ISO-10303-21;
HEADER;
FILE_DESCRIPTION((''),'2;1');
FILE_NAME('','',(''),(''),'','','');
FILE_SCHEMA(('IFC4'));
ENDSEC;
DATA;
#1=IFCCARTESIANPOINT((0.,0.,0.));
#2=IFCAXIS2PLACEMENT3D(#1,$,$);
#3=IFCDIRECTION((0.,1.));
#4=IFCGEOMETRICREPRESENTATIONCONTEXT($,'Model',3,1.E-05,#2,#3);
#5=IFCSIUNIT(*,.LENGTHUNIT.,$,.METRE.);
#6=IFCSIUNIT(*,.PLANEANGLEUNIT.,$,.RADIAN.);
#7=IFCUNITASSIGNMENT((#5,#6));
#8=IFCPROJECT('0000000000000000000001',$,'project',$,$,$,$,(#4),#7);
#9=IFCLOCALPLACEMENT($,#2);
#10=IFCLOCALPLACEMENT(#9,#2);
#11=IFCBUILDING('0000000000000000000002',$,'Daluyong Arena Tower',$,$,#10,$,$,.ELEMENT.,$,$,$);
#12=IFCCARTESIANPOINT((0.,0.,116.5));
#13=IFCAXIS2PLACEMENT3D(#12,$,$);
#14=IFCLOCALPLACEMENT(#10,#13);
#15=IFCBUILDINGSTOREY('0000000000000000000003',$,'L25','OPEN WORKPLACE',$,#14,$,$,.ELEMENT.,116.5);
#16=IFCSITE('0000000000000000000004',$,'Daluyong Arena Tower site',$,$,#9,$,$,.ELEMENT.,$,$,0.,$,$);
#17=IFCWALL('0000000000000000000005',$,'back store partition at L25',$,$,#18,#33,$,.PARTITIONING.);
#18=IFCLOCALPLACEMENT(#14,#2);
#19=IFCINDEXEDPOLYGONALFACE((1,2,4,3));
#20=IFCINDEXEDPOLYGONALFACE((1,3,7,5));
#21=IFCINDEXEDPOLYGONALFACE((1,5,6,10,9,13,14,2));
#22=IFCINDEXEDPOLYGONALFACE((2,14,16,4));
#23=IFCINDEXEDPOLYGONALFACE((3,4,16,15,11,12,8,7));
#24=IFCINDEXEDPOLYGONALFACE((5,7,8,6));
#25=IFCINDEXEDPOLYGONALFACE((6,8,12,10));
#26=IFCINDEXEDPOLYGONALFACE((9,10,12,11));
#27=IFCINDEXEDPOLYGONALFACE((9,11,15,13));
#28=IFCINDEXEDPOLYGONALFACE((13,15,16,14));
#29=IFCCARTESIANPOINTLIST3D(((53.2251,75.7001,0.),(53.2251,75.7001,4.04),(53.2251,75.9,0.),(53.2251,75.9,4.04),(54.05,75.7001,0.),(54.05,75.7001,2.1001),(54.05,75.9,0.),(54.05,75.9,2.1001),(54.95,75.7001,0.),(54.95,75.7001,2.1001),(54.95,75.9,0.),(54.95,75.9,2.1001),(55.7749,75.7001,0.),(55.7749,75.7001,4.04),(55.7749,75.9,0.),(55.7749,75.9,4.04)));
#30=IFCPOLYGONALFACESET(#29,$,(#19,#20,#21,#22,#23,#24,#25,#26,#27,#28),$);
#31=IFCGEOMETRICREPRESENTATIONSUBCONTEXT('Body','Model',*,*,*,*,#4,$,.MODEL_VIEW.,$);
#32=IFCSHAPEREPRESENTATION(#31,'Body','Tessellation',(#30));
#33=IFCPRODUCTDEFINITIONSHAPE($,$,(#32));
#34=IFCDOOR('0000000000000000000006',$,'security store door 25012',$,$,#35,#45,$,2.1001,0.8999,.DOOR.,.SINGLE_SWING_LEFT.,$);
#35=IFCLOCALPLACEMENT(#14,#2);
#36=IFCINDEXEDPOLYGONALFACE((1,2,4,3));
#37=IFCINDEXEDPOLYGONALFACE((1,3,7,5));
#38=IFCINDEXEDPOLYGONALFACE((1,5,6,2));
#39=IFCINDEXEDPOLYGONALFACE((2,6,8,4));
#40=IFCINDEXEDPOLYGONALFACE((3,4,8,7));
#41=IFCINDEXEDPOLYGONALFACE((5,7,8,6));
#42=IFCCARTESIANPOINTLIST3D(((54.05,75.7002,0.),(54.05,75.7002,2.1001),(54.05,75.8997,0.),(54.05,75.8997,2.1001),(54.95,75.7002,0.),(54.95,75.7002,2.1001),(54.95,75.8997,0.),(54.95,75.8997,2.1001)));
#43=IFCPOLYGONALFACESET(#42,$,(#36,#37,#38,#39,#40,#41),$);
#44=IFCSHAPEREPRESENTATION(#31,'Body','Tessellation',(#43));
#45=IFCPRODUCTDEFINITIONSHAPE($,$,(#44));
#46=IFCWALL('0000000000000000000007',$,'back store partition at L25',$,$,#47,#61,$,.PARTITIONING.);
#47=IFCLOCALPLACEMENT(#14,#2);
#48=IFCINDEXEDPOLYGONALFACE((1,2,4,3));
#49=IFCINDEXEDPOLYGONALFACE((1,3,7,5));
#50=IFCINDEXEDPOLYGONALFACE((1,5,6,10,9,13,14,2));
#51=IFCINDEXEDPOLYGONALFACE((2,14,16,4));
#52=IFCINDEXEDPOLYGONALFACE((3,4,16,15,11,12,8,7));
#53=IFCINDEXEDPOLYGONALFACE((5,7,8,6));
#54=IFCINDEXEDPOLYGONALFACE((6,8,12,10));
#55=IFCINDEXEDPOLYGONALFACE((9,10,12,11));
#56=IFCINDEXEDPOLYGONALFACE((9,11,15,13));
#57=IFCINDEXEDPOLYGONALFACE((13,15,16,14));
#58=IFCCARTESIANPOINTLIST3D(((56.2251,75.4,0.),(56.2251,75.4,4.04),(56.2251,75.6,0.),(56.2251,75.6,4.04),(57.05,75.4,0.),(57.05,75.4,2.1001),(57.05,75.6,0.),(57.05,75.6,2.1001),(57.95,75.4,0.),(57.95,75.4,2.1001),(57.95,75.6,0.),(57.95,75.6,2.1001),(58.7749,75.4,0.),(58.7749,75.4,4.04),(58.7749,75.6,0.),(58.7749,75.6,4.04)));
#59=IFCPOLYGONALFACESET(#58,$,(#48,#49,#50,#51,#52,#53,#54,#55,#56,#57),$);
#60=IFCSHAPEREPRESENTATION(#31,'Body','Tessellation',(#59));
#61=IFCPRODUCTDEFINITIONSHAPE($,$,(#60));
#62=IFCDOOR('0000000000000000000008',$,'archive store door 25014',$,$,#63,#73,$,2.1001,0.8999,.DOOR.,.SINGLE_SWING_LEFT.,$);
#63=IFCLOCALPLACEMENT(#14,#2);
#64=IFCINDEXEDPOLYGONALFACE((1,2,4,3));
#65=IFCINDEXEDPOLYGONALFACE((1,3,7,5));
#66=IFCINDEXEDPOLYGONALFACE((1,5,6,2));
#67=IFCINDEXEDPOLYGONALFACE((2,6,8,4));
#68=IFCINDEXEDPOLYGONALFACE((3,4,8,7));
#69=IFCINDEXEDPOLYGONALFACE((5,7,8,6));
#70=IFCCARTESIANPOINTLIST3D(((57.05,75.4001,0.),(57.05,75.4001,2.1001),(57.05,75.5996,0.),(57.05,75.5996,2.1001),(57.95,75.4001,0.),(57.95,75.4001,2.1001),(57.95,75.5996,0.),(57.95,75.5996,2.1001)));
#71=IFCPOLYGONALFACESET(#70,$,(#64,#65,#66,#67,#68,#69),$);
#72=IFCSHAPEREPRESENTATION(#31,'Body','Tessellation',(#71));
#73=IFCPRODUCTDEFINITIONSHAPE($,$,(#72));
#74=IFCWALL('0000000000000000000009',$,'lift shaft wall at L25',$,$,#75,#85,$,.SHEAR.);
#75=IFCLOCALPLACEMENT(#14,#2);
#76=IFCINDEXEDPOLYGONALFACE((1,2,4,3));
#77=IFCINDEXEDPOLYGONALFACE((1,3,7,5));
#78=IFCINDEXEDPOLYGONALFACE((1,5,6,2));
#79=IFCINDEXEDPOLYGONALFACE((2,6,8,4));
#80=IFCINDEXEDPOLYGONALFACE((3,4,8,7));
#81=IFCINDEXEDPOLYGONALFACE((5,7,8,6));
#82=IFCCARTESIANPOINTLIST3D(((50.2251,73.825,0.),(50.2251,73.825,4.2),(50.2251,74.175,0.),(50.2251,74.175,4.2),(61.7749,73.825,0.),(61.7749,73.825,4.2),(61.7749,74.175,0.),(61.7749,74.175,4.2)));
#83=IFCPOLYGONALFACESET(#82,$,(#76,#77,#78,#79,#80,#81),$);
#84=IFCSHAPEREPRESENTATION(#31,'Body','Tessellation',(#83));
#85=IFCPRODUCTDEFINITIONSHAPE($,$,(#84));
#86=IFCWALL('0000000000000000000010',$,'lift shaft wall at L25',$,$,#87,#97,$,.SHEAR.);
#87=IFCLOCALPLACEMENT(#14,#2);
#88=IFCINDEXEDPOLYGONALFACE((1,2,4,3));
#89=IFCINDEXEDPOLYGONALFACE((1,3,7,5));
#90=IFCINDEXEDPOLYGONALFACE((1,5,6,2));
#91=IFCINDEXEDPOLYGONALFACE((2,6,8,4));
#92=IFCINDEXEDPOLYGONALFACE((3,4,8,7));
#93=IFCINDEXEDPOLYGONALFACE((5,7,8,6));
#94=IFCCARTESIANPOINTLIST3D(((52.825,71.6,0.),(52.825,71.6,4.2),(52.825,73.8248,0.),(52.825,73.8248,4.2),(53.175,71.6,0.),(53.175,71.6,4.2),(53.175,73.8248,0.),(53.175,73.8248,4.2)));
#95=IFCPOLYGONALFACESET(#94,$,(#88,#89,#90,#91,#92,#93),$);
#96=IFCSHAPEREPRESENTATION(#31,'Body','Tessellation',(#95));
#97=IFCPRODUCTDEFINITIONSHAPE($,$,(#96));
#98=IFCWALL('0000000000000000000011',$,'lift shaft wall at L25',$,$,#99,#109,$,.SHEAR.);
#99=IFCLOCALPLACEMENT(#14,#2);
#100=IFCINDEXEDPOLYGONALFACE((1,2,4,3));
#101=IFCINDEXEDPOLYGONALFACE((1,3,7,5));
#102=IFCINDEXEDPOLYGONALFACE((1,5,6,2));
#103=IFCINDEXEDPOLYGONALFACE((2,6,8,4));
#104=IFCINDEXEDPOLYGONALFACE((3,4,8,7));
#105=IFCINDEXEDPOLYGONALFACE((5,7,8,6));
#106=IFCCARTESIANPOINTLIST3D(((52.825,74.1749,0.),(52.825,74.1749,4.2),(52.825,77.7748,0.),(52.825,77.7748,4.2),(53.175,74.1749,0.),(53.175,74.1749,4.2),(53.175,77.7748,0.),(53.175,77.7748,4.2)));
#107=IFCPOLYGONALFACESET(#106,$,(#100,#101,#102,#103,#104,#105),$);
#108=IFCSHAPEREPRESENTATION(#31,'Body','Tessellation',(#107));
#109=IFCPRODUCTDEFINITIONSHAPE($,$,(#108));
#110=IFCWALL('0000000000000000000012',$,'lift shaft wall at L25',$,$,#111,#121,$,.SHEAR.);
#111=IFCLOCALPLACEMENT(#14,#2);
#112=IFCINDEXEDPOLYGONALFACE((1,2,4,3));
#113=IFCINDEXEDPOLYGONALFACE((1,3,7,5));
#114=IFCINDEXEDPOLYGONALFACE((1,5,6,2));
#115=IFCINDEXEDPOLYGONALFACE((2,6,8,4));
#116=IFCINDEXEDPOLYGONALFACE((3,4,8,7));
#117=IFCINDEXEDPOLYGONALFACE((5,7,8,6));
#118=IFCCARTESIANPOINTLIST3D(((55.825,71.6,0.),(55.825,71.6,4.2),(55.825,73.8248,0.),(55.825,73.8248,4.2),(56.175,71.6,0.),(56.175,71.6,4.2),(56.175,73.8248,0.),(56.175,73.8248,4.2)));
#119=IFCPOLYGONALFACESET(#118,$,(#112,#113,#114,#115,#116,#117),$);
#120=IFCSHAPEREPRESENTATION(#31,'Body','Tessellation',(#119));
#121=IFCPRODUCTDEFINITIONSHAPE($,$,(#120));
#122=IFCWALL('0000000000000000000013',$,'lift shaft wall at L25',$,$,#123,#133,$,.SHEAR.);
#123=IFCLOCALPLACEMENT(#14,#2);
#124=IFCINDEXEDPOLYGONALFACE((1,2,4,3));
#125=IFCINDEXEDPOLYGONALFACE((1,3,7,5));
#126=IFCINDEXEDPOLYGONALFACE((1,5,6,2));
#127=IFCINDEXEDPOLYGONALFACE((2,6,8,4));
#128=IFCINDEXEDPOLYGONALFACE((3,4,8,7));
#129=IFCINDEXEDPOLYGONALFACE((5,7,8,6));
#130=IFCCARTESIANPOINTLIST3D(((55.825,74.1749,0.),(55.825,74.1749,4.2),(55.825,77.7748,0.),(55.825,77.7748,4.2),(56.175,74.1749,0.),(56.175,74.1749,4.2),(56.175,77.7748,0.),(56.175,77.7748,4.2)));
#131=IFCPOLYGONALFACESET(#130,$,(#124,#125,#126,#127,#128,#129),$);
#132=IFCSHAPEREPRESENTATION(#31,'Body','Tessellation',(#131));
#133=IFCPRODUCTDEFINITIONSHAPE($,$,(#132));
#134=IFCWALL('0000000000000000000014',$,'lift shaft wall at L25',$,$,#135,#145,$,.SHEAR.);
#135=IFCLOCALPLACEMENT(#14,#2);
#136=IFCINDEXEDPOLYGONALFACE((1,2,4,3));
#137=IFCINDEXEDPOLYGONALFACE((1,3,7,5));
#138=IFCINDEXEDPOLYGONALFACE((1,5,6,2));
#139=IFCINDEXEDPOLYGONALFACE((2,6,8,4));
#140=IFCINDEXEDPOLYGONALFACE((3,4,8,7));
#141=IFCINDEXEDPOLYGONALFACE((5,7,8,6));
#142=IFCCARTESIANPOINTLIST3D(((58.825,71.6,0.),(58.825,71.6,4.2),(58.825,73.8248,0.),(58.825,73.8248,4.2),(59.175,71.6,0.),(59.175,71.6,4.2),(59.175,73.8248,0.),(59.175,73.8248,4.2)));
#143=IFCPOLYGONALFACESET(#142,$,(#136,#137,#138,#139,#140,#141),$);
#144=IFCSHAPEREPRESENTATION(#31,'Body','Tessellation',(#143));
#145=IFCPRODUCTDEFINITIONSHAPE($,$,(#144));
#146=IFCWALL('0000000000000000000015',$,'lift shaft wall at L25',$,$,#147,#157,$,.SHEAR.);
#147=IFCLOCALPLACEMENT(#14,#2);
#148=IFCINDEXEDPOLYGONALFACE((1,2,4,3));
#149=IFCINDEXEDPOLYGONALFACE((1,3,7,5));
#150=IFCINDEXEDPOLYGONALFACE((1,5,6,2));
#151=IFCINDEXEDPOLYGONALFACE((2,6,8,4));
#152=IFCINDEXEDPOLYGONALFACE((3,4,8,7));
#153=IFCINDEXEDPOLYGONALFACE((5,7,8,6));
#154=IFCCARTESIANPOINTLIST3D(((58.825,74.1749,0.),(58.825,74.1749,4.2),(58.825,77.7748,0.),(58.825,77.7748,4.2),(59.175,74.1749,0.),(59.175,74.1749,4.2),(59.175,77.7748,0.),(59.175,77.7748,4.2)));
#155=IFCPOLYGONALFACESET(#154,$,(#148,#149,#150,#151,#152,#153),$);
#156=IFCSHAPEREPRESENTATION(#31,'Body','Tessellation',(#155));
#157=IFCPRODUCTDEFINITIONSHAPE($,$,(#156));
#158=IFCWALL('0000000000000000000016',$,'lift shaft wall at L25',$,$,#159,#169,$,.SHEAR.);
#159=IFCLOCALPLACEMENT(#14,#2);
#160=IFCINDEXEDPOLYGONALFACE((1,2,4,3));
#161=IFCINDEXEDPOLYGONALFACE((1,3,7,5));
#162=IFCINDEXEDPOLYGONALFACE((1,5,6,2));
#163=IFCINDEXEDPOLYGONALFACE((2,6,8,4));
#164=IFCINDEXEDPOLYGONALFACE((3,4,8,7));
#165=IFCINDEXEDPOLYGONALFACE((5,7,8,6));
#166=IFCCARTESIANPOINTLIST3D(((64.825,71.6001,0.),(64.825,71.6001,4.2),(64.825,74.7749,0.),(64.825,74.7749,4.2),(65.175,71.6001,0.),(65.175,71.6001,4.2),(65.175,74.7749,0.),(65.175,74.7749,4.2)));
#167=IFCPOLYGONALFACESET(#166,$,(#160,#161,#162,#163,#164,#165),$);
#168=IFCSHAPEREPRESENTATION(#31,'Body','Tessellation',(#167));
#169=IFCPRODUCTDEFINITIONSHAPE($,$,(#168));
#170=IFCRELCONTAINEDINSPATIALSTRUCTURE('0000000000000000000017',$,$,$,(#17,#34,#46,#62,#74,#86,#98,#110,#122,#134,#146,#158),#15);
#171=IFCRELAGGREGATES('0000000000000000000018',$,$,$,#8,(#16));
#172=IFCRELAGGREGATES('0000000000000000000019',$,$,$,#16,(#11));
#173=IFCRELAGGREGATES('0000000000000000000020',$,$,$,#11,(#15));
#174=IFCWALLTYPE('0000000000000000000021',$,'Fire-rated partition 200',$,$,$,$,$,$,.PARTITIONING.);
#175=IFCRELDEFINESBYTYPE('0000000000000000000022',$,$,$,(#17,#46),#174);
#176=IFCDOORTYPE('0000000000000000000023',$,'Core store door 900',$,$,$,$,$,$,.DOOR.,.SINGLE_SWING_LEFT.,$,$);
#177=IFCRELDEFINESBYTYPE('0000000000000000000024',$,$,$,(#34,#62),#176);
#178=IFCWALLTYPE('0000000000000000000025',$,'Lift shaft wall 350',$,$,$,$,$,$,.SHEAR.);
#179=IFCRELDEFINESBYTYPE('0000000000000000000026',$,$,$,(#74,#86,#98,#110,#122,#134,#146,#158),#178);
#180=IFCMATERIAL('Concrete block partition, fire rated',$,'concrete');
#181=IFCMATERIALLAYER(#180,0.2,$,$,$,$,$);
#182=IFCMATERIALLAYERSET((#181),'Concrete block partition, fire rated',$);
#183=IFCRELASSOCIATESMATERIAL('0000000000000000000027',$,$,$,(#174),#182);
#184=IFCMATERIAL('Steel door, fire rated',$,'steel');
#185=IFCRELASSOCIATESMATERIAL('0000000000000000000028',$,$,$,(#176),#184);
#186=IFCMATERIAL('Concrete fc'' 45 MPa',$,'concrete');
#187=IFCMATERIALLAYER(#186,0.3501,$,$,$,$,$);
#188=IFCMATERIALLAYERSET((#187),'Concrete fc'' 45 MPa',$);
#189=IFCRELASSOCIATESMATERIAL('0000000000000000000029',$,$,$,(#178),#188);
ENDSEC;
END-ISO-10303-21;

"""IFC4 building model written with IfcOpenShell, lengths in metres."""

from ifc_helpers import new_model, si_unit, direction, frame, frame_2d, origin, place, context, subcontext, project, spatial, rectangle, extrude, material, layer, layer_set, type_object, element, fill, save


model = new_model("IFC4")

# Units and contexts
model_context = context("Model", 3, precision=1e-05, world=origin(), true_north=direction((0.0, 1.0)))
body_context = subcontext(model_context, "Body", "Model", "MODEL_VIEW")
ifc_project = project(units=[si_unit("LENGTHUNIT", "METRE"), si_unit("PLANEANGLEUNIT", "RADIAN")], contexts=[model_context])

# Site, building, storey
site_placement = place(None, origin())
site = spatial("IfcSite", under=ifc_project, at=site_placement, Name="Daluyong Arena Tower site", CompositionType="ELEMENT", RefElevation=0.0)
building_placement = place(site_placement, origin())
building = spatial("IfcBuilding", under=site, at=building_placement, Name="Daluyong Arena Tower", CompositionType="ELEMENT")
storey_placement = place(building_placement, frame((0.0, 0.0, 116.5)))
storey = spatial("IfcBuildingStorey", under=building, at=storey_placement, Name="L25", Description="OPEN WORKPLACE", CompositionType="ELEMENT", Elevation=116.5)

# Walls, openings, doors
ifc_material_1 = material(Name="Concrete block partition, fire rated", Category="concrete")
ifc_layer_1 = layer(ifc_material_1, 0.2)
ifc_layer_set_1 = layer_set([ifc_layer_1], Name="Concrete block partition, fire rated")
wall_type_1 = type_object("IfcWallType", Name="Fire-rated partition 200", PredefinedType="PARTITIONING", material=ifc_layer_set_1)
ifc_material_2 = material(Name="Steel door, fire rated", Category="steel")
door_type_1 = type_object("IfcDoorType", Name="Core store door 900", OperationType="SINGLE_SWING_LEFT", PredefinedType="DOOR", material=ifc_material_2)
wall_1_placement = place(storey_placement, frame((53.2251, 75.8, 0.0), z_axis=(0.0, 0.0, 1.0), x_axis=(1.0, 0.0, 0.0)))
wall_1 = element("IfcWall", 1, at=wall_1_placement, inside=storey, type_object=wall_type_1, Name="back store partition at L25", PredefinedType="PARTITIONING", context=body_context, shape_type="SweptSolid", body=[
    extrude(rectangle(XDim=2.5498, YDim=0.2, at=frame_2d((1.2749, 0.0))), origin(), (0.0, 0.0, 1.0), 4.04),
])
opening_1_placement = place(wall_1_placement, frame((0.825, 0.0, 0.0)))
opening_1 = element("IfcOpeningElement", 2, at=opening_1_placement, cuts=wall_1, PredefinedType="OPENING", context=body_context, shape_type="SweptSolid", body=[
    extrude(rectangle(XDim=0.8999, YDim=2.1001, at=frame_2d((0.45, 1.05))), frame((0.0, 0.1099, 0.0), z_axis=(0.0, -1.0, 0.0), x_axis=(1.0, 0.0, 0.0)), (0.0, 0.0, 1.0), 0.22),
])
door_1_placement = place(opening_1_placement, origin())
door_1 = element("IfcDoor", 3, at=door_1_placement, inside=storey, type_object=door_type_1, Name="security store door 25012", OperationType="SINGLE_SWING_LEFT", OverallHeight=2.1001, OverallWidth=0.8999, PredefinedType="DOOR", context=body_context, shape_type="SweptSolid", body=[
    extrude(rectangle(XDim=0.8999, YDim=2.1001, at=frame_2d((0.45, 1.05))), frame((0.0, 0.0996, 0.0), z_axis=(0.0, -1.0, 0.0), x_axis=(1.0, 0.0, 0.0)), (0.0, 0.0, 1.0), 0.1995),
])
fill(opening_1, door_1)
wall_2_placement = place(storey_placement, frame((56.2251, 75.5, 0.0), z_axis=(0.0, 0.0, 1.0), x_axis=(1.0, 0.0, 0.0)))
wall_2 = element("IfcWall", 4, at=wall_2_placement, inside=storey, type_object=wall_type_1, Name="back store partition at L25", PredefinedType="PARTITIONING", context=body_context, shape_type="SweptSolid", body=[
    extrude(rectangle(XDim=2.5498, YDim=0.2, at=frame_2d((1.2749, 0.0))), origin(), (0.0, 0.0, 1.0), 4.04),
])
opening_2_placement = place(wall_2_placement, frame((0.825, 0.0, 0.0)))
opening_2 = element("IfcOpeningElement", 5, at=opening_2_placement, cuts=wall_2, PredefinedType="OPENING", context=body_context, shape_type="SweptSolid", body=[
    extrude(rectangle(XDim=0.8999, YDim=2.1001, at=frame_2d((0.45, 1.05))), frame((0.0, 0.1099, 0.0), z_axis=(0.0, -1.0, 0.0), x_axis=(1.0, 0.0, 0.0)), (0.0, 0.0, 1.0), 0.22),
])
door_2_placement = place(opening_2_placement, origin())
door_2 = element("IfcDoor", 6, at=door_2_placement, inside=storey, type_object=door_type_1, Name="archive store door 25014", OperationType="SINGLE_SWING_LEFT", OverallHeight=2.1001, OverallWidth=0.8999, PredefinedType="DOOR", context=body_context, shape_type="SweptSolid", body=[
    extrude(rectangle(XDim=0.8999, YDim=2.1001, at=frame_2d((0.45, 1.05))), frame((0.0, 0.0996, 0.0), z_axis=(0.0, -1.0, 0.0), x_axis=(1.0, 0.0, 0.0)), (0.0, 0.0, 1.0), 0.1995),
])
fill(opening_2, door_2)

# Walls
ifc_material_3 = material(Name="Concrete fc' 45 MPa", Category="concrete")
ifc_layer_2 = layer(ifc_material_3, 0.3501)
ifc_layer_set_2 = layer_set([ifc_layer_2], Name="Concrete fc' 45 MPa")
wall_type_2 = type_object("IfcWallType", Name="Lift shaft wall 350", PredefinedType="SHEAR", material=ifc_layer_set_2)
wall_3_placement = place(storey_placement, frame((50.2251, 74.0, 0.0), z_axis=(0.0, 0.0, 1.0), x_axis=(1.0, 0.0, 0.0)))
element("IfcWall", 7, at=wall_3_placement, inside=storey, type_object=wall_type_2, Name="lift shaft wall at L25", PredefinedType="SHEAR", context=body_context, shape_type="SweptSolid", body=[
    extrude(rectangle(XDim=11.5498, YDim=0.3501, at=frame_2d((5.7749, 0.0))), origin(), (0.0, 0.0, 1.0), 4.2),
])
wall_4_placement = place(storey_placement, frame((53.0, 71.6001, 0.0), z_axis=(0.0, 0.0, 1.0), x_axis=(0.0, 1.0, 0.0)))
element("IfcWall", 8, at=wall_4_placement, inside=storey, type_object=wall_type_2, Name="lift shaft wall at L25", PredefinedType="SHEAR", context=body_context, shape_type="SweptSolid", body=[
    extrude(rectangle(XDim=2.2249, YDim=0.3501, at=frame_2d((1.1123, 0.0))), origin(), (0.0, 0.0, 1.0), 4.2),
])
wall_5_placement = place(storey_placement, frame((53.0, 74.175, 0.0), z_axis=(0.0, 0.0, 1.0), x_axis=(0.0, 1.0, 0.0)))
element("IfcWall", 9, at=wall_5_placement, inside=storey, type_object=wall_type_2, Name="lift shaft wall at L25", PredefinedType="SHEAR", context=body_context, shape_type="SweptSolid", body=[
    extrude(rectangle(XDim=3.5999, YDim=0.3501, at=frame_2d((1.7998, 0.0))), origin(), (0.0, 0.0, 1.0), 4.2),
])
wall_6_placement = place(storey_placement, frame((56.0, 71.6001, 0.0), z_axis=(0.0, 0.0, 1.0), x_axis=(0.0, 1.0, 0.0)))
element("IfcWall", 10, at=wall_6_placement, inside=storey, type_object=wall_type_2, Name="lift shaft wall at L25", PredefinedType="SHEAR", context=body_context, shape_type="SweptSolid", body=[
    extrude(rectangle(XDim=2.2249, YDim=0.3501, at=frame_2d((1.1123, 0.0))), origin(), (0.0, 0.0, 1.0), 4.2),
])
wall_7_placement = place(storey_placement, frame((56.0, 74.175, 0.0), z_axis=(0.0, 0.0, 1.0), x_axis=(0.0, 1.0, 0.0)))
element("IfcWall", 11, at=wall_7_placement, inside=storey, type_object=wall_type_2, Name="lift shaft wall at L25", PredefinedType="SHEAR", context=body_context, shape_type="SweptSolid", body=[
    extrude(rectangle(XDim=3.5999, YDim=0.3501, at=frame_2d((1.7998, 0.0))), origin(), (0.0, 0.0, 1.0), 4.2),
])
wall_8_placement = place(storey_placement, frame((59.0, 71.6001, 0.0), z_axis=(0.0, 0.0, 1.0), x_axis=(0.0, 1.0, 0.0)))
element("IfcWall", 12, at=wall_8_placement, inside=storey, type_object=wall_type_2, Name="lift shaft wall at L25", PredefinedType="SHEAR", context=body_context, shape_type="SweptSolid", body=[
    extrude(rectangle(XDim=2.2249, YDim=0.3501, at=frame_2d((1.1123, 0.0))), origin(), (0.0, 0.0, 1.0), 4.2),
])
wall_9_placement = place(storey_placement, frame((59.0, 74.175, 0.0), z_axis=(0.0, 0.0, 1.0), x_axis=(0.0, 1.0, 0.0)))
element("IfcWall", 13, at=wall_9_placement, inside=storey, type_object=wall_type_2, Name="lift shaft wall at L25", PredefinedType="SHEAR", context=body_context, shape_type="SweptSolid", body=[
    extrude(rectangle(XDim=3.5999, YDim=0.3501, at=frame_2d((1.7998, 0.0))), origin(), (0.0, 0.0, 1.0), 4.2),
])
wall_10_placement = place(storey_placement, frame((65.0, 71.6001, 0.0), z_axis=(0.0, 0.0, 1.0), x_axis=(0.0, 1.0, 0.0)))
element("IfcWall", 14, at=wall_10_placement, inside=storey, type_object=wall_type_2, Name="lift shaft wall at L25", PredefinedType="SHEAR", context=body_context, shape_type="SweptSolid", body=[
    extrude(rectangle(XDim=3.1748, YDim=0.3501, at=frame_2d((1.5874, 0.0))), origin(), (0.0, 0.0, 1.0), 4.2),
])

save(model, "model.ifc")
